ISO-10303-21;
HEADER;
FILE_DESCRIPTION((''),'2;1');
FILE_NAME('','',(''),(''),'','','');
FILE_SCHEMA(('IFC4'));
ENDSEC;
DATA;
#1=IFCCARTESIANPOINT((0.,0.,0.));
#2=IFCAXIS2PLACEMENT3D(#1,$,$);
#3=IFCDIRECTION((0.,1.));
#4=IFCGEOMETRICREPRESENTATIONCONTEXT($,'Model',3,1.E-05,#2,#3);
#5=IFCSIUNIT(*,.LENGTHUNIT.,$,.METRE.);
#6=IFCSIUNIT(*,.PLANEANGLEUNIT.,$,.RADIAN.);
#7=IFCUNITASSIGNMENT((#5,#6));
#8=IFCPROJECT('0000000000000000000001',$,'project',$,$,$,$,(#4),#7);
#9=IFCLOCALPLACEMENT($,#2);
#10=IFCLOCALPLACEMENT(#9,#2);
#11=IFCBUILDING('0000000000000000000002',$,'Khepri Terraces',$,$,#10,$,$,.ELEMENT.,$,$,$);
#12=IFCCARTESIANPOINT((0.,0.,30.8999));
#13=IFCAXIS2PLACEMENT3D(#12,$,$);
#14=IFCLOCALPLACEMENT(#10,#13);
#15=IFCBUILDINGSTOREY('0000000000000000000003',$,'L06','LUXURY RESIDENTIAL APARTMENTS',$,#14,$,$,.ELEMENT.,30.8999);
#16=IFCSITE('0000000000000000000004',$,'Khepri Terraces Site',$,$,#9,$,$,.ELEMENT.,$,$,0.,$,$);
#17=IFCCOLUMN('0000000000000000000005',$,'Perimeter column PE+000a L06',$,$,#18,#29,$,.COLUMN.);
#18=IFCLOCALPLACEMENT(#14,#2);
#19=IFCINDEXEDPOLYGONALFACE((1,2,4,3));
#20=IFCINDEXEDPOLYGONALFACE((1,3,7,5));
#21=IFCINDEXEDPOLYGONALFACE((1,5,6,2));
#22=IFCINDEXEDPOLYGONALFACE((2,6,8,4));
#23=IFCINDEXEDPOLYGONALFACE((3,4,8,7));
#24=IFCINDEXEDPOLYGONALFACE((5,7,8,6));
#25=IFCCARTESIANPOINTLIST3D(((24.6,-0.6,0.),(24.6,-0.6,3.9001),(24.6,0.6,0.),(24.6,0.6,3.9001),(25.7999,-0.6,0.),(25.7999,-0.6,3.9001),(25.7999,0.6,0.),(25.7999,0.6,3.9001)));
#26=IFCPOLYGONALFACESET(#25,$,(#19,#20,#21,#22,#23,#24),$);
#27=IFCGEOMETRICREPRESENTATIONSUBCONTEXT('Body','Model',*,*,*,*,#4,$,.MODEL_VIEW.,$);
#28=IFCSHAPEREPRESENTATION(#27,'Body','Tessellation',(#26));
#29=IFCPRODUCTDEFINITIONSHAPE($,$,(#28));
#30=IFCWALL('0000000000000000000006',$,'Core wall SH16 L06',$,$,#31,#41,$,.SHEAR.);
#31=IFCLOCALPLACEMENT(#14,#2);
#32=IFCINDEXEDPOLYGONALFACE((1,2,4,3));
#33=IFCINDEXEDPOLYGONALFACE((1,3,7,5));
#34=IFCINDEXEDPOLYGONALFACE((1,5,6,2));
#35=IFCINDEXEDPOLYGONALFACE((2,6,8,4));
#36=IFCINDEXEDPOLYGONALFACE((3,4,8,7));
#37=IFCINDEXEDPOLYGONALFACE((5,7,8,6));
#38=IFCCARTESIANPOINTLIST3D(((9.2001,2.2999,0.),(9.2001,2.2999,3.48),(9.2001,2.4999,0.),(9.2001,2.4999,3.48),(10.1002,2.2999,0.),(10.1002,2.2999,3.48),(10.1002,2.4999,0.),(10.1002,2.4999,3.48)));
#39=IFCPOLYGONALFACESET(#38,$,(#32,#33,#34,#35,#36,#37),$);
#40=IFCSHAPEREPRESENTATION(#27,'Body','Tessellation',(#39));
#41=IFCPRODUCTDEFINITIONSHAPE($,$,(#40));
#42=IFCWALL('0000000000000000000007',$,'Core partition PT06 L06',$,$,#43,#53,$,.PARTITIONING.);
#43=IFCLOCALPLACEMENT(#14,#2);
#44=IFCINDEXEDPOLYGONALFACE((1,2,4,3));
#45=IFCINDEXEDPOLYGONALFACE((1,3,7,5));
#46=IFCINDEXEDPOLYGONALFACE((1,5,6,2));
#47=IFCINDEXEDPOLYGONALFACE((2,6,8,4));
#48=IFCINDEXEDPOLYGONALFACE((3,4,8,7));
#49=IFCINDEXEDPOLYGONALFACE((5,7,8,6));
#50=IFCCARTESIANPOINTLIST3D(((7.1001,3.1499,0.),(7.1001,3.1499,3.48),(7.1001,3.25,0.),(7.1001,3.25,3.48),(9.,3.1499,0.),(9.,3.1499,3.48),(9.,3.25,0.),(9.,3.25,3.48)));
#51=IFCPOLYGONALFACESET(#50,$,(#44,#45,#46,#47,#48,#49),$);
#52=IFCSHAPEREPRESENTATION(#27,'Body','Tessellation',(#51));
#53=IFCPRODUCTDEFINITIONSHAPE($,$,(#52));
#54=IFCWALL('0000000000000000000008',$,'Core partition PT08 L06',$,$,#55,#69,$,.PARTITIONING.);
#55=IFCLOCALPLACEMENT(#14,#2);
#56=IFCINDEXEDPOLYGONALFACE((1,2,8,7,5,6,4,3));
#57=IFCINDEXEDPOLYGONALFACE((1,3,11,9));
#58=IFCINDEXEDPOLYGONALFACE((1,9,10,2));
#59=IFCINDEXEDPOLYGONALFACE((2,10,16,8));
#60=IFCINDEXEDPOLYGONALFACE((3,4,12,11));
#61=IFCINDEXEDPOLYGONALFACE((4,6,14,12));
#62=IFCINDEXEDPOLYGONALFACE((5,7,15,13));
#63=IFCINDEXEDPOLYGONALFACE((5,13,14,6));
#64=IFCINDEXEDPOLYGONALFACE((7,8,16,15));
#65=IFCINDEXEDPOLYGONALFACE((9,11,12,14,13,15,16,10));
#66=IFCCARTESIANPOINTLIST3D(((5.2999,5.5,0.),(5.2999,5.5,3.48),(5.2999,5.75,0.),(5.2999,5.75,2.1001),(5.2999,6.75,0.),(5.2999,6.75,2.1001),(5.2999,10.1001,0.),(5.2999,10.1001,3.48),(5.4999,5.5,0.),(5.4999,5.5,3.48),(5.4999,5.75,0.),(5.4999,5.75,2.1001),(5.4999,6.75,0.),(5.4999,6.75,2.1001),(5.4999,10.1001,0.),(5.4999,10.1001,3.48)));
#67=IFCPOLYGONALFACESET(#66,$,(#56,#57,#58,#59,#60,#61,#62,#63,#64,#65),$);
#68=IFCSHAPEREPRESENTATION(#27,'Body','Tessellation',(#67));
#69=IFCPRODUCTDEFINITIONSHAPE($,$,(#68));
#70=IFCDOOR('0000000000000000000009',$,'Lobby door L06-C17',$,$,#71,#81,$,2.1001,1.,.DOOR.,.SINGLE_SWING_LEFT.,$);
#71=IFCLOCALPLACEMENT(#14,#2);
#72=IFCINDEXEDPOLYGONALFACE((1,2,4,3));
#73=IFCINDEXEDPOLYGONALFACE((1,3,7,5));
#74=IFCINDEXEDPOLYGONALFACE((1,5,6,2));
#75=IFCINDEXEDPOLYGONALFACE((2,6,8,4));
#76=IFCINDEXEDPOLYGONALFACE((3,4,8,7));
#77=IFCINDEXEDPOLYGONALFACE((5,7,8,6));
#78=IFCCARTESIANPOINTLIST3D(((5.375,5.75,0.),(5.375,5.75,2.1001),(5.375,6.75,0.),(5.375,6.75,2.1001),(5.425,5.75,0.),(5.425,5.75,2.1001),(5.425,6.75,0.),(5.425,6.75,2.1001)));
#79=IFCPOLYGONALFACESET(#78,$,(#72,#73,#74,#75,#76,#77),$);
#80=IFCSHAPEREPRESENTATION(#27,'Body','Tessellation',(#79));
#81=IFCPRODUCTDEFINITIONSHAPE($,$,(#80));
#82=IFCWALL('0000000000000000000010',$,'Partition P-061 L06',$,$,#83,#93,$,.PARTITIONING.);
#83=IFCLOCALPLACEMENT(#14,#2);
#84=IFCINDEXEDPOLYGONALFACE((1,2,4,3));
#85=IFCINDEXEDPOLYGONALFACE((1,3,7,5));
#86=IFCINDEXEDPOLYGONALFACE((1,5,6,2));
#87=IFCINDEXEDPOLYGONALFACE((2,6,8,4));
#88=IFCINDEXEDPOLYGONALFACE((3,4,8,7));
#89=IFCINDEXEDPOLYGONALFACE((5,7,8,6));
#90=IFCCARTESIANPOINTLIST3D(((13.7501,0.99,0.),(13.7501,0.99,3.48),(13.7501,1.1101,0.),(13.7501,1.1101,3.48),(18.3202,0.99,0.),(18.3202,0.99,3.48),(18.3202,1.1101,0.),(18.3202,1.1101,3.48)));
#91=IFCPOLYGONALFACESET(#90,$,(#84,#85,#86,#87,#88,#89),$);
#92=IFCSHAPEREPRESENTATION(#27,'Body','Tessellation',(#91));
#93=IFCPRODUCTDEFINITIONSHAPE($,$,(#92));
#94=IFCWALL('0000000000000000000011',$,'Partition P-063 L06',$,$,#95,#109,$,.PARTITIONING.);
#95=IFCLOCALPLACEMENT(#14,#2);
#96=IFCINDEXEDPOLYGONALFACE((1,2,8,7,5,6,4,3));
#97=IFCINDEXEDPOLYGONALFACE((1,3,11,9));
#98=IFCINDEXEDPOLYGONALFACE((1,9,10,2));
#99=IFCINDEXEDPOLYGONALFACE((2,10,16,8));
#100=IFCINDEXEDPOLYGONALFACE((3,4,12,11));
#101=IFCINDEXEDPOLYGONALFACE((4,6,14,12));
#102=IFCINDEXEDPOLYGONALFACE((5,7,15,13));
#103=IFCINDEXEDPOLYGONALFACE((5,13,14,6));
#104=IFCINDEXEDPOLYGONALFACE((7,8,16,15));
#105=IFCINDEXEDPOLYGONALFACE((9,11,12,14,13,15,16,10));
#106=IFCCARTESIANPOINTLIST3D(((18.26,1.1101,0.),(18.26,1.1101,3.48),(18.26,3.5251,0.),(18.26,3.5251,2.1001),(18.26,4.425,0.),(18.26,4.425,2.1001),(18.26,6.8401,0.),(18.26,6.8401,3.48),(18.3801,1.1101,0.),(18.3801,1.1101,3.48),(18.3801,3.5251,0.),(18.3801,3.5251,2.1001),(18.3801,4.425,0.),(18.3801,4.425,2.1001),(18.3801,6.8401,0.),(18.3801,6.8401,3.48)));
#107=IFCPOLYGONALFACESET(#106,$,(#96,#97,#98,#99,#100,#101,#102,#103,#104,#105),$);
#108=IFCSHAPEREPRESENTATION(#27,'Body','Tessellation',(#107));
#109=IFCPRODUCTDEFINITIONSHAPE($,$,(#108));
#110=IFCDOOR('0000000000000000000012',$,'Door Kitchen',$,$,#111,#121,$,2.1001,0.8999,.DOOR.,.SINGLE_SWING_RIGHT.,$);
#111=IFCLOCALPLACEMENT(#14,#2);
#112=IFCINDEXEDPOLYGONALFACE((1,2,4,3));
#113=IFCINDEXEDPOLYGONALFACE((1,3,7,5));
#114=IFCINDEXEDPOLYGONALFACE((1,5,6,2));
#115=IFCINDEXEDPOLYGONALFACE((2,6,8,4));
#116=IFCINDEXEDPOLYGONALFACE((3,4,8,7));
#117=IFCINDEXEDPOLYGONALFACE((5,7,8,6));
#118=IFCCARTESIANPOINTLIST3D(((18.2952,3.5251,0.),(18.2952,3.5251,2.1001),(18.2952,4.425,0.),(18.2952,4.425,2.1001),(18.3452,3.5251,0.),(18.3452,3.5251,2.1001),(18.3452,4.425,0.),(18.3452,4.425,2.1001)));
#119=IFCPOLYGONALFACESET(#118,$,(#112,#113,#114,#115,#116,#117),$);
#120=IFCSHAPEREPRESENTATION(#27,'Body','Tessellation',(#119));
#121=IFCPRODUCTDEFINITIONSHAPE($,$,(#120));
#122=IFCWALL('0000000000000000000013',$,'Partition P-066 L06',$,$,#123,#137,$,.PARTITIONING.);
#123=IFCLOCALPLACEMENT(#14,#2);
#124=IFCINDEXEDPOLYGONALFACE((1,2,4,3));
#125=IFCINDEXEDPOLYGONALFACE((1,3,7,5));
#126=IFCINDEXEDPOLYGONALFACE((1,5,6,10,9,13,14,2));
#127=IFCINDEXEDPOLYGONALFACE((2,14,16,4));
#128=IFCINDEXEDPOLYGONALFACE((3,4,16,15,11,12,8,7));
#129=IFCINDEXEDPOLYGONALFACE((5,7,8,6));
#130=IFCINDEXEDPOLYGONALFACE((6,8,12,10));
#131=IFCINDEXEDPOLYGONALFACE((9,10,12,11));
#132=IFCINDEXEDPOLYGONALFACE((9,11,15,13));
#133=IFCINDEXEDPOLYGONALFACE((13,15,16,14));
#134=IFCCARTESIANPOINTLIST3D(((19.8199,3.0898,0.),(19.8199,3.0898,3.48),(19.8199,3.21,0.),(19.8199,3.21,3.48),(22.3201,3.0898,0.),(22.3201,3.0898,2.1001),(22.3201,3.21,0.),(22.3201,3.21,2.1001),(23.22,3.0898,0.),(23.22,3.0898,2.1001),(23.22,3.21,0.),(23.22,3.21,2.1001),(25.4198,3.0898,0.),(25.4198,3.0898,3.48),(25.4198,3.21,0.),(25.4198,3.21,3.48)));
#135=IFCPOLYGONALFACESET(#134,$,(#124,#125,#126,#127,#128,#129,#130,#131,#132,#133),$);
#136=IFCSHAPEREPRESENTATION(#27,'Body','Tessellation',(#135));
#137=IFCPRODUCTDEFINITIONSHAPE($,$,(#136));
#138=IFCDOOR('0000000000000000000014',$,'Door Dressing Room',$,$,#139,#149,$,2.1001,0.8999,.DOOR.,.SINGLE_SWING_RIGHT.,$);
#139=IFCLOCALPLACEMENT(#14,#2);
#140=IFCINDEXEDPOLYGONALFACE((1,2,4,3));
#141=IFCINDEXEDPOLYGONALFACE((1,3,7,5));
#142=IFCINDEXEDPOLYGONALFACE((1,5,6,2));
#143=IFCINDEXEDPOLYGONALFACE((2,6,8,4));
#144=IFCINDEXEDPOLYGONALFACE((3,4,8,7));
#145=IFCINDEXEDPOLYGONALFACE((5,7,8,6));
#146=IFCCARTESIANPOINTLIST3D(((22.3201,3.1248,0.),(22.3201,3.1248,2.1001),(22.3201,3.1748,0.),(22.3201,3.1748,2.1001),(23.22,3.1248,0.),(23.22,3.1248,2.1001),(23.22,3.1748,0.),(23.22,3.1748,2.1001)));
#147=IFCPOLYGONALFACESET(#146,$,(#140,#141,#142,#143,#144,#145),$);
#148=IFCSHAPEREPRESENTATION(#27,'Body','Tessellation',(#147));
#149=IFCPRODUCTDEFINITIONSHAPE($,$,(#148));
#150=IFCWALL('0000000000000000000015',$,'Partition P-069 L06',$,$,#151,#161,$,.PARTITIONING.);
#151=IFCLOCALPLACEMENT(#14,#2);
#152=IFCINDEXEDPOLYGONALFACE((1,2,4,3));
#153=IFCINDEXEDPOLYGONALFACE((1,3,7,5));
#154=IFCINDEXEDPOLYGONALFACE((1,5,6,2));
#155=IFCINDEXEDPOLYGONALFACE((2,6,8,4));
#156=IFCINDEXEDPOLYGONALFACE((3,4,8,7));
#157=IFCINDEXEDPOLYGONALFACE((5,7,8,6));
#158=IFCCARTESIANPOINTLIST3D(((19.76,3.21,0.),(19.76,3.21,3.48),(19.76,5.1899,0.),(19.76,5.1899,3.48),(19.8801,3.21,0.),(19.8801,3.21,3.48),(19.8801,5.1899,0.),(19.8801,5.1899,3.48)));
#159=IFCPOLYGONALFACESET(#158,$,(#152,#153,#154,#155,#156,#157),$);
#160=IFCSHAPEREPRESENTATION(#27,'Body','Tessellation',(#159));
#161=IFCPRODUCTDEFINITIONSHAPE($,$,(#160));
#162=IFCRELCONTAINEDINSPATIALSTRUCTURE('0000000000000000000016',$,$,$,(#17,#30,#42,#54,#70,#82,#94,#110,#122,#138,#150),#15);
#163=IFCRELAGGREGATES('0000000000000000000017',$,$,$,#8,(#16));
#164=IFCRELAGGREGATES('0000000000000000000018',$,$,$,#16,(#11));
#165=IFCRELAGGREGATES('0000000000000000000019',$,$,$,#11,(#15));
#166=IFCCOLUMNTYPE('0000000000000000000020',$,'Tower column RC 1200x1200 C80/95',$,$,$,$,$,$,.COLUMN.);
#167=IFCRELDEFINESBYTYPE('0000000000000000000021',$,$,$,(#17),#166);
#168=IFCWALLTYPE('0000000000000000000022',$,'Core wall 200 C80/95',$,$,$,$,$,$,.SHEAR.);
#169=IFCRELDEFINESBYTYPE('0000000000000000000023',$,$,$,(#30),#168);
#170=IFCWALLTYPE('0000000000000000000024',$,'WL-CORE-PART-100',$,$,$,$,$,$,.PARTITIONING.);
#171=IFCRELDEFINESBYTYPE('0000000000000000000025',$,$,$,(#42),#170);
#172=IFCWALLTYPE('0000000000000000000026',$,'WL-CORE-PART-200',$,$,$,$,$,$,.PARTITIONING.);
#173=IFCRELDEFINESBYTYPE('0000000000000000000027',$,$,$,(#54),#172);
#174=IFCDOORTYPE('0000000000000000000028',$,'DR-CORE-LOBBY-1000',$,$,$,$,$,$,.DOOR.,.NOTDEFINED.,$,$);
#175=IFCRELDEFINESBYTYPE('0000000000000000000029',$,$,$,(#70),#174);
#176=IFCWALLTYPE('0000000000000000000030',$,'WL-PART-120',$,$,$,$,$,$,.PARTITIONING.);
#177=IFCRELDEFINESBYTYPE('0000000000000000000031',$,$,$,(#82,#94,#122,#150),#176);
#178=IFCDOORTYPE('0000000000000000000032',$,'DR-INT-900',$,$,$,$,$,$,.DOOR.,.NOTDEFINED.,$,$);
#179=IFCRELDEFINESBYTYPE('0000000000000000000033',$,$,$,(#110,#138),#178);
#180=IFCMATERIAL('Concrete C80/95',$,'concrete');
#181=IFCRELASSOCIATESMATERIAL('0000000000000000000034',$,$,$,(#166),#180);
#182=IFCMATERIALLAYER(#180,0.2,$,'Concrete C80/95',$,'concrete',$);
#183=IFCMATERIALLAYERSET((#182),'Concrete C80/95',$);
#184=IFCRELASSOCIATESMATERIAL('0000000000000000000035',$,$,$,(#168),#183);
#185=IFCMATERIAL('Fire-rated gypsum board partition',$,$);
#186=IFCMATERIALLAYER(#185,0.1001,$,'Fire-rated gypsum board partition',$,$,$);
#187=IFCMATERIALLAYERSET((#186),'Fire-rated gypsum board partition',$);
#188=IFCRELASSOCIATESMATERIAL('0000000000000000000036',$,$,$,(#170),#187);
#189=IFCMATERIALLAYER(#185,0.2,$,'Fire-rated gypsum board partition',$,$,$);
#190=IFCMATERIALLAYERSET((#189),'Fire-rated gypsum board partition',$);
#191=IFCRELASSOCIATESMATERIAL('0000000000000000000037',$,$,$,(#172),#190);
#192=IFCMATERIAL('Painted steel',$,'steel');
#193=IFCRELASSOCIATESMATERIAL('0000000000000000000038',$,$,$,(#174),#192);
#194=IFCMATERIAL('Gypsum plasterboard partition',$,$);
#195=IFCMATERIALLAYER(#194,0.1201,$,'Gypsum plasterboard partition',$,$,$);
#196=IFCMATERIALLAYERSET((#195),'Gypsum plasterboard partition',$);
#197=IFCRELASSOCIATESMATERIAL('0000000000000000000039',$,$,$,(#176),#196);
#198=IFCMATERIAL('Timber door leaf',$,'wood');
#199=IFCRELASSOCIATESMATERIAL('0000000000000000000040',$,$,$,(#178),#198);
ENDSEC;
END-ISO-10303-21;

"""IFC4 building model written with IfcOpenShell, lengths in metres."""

from ifc_helpers import new_model, si_unit, direction, frame, frame_2d, origin, origin_2d, place, context, subcontext, project, spatial, rectangle, extrude, material, layer, layer_set, material_profile, profile_set, type_object, element, fill, save


model = new_model("IFC4")

# Units and contexts
model_context = context("Model", 3, precision=1e-05, world=origin(), true_north=direction((0.0, 1.0)))
body_context = subcontext(model_context, "Body", "Model", "MODEL_VIEW")
ifc_project = project(units=[si_unit("LENGTHUNIT", "METRE"), si_unit("PLANEANGLEUNIT", "RADIAN")], contexts=[model_context])

# Site, building, storey
site_placement = place(None, origin())
site = spatial("IfcSite", under=ifc_project, at=site_placement, Name="Khepri Terraces Site", CompositionType="ELEMENT", RefElevation=0.0)
building_placement = place(site_placement, origin())
building = spatial("IfcBuilding", under=site, at=building_placement, Name="Khepri Terraces", CompositionType="ELEMENT")
storey_placement = place(building_placement, frame((0.0, 0.0, 30.8999)))
storey = spatial("IfcBuildingStorey", under=building, at=storey_placement, Name="L06", Description="LUXURY RESIDENTIAL APARTMENTS", CompositionType="ELEMENT", Elevation=30.8999)

# Column
ifc_material_1 = material(Name="Concrete C80/95", Category="concrete")
ifc_material_profile = material_profile(ifc_material_1, rectangle(XDim=1.2, YDim=1.2, at=origin_2d()), Name="Concrete C80/95", Category="concrete")
ifc_profile_set = profile_set([ifc_material_profile], Name="Concrete C80/95")
column_type = type_object("IfcColumnType", Name="Tower column RC 1200x1200 C80/95", PredefinedType="COLUMN", material=ifc_profile_set)
column_placement = place(storey_placement, frame((25.2, 0.0, 0.0), z_axis=(0.0, 0.0, 1.0), x_axis=(1.0, 0.0, 0.0)))
element("IfcColumn", 1, at=column_placement, inside=storey, type_object=column_type, Name="Perimeter column PE+000a L06", PredefinedType="COLUMN", context=body_context, shape_type="SweptSolid", body=[
    extrude(rectangle(XDim=1.2, YDim=1.2, at=origin_2d()), origin(), (0.0, 0.0, 1.0), 3.9001),
])

# Walls
ifc_layer_1 = layer(ifc_material_1, 0.2, Name="Concrete C80/95", Category="concrete")
ifc_layer_set_1 = layer_set([ifc_layer_1], Name="Concrete C80/95")
wall_type_1 = type_object("IfcWallType", Name="Core wall 200 C80/95", PredefinedType="SHEAR", material=ifc_layer_set_1)
wall_1_placement = place(storey_placement, frame((9.2, 2.3999, 0.0), z_axis=(0.0, 0.0, 1.0), x_axis=(1.0, 0.0, 0.0)))
element("IfcWall", 2, at=wall_1_placement, inside=storey, type_object=wall_type_1, Name="Core wall SH16 L06", PredefinedType="SHEAR", context=body_context, shape_type="SweptSolid", body=[
    extrude(rectangle(XDim=0.9001, YDim=0.2, at=frame_2d((0.4502, 0.0))), origin(), (0.0, 0.0, 1.0), 3.48),
])
ifc_material_2 = material(Name="Fire-rated gypsum board partition")
ifc_layer_2 = layer(ifc_material_2, 0.1001, Name="Fire-rated gypsum board partition")
ifc_layer_set_2 = layer_set([ifc_layer_2], Name="Fire-rated gypsum board partition")
wall_type_2 = type_object("IfcWallType", Name="WL-CORE-PART-100", PredefinedType="PARTITIONING", material=ifc_layer_set_2)
wall_2_placement = place(storey_placement, frame((7.1001, 3.2, 0.0), z_axis=(0.0, 0.0, 1.0), x_axis=(1.0, 0.0, 0.0)))
element("IfcWall", 3, at=wall_2_placement, inside=storey, type_object=wall_type_2, Name="Core partition PT06 L06", PredefinedType="PARTITIONING", context=body_context, shape_type="SweptSolid", body=[
    extrude(rectangle(XDim=1.8999, YDim=0.1001, at=frame_2d((0.95, 0.0))), origin(), (0.0, 0.0, 1.0), 3.48),
])

# Wall, opening, door
ifc_layer_3 = layer(ifc_material_2, 0.2, Name="Fire-rated gypsum board partition")
ifc_layer_set_3 = layer_set([ifc_layer_3], Name="Fire-rated gypsum board partition")
wall_type_3 = type_object("IfcWallType", Name="WL-CORE-PART-200", PredefinedType="PARTITIONING", material=ifc_layer_set_3)
wall_3_placement = place(storey_placement, frame((5.3999, 5.5, 0.0), z_axis=(0.0, 0.0, 1.0), x_axis=(0.0, 1.0, 0.0)))
wall_3 = element("IfcWall", 4, at=wall_3_placement, inside=storey, type_object=wall_type_3, Name="Core partition PT08 L06", PredefinedType="PARTITIONING", context=body_context, shape_type="SweptSolid", body=[
    extrude(rectangle(XDim=4.6001, YDim=0.2, at=frame_2d((2.3, 0.0))), origin(), (0.0, 0.0, 1.0), 3.48),
])
opening_1_placement = place(wall_3_placement, frame((0.25, 0.0, 0.0)))
opening_1 = element("IfcOpeningElement", 5, at=opening_1_placement, cuts=wall_3, PredefinedType="OPENING", context=body_context, shape_type="SweptSolid", body=[
    extrude(rectangle(XDim=1.0, YDim=2.1001, at=frame_2d((0.5, 1.05))), frame((0.0, 0.1099, 0.0), z_axis=(0.0, -1.0, 0.0), x_axis=(1.0, 0.0, 0.0)), (0.0, 0.0, 1.0), 0.22),
])
ifc_material_3 = material(Name="Painted steel", Category="steel")
door_type_1 = type_object("IfcDoorType", Name="DR-CORE-LOBBY-1000", OperationType="NOTDEFINED", PredefinedType="DOOR", material=ifc_material_3)
door_1_placement = place(opening_1_placement, origin())
door_1 = element("IfcDoor", 6, at=door_1_placement, inside=storey, type_object=door_type_1, Name="Lobby door L06-C17", OperationType="SINGLE_SWING_LEFT", OverallHeight=2.1001, OverallWidth=1.0, PredefinedType="DOOR", context=body_context, shape_type="SweptSolid", body=[
    extrude(rectangle(XDim=1.0, YDim=2.1001, at=frame_2d((0.5, 1.05))), frame((0.0, 0.0249, 0.0), z_axis=(0.0, -1.0, 0.0), x_axis=(1.0, 0.0, 0.0)), (0.0, 0.0, 1.0), 0.05),
])
fill(opening_1, door_1)

# Wall
ifc_material_4 = material(Name="Gypsum plasterboard partition")
ifc_layer_4 = layer(ifc_material_4, 0.1201, Name="Gypsum plasterboard partition")
ifc_layer_set_4 = layer_set([ifc_layer_4], Name="Gypsum plasterboard partition")
wall_type_4 = type_object("IfcWallType", Name="WL-PART-120", PredefinedType="PARTITIONING", material=ifc_layer_set_4)
wall_4_placement = place(storey_placement, frame((13.75, 1.05, 0.0), z_axis=(0.0, 0.0, 1.0), x_axis=(1.0, 0.0, 0.0)))
element("IfcWall", 7, at=wall_4_placement, inside=storey, type_object=wall_type_4, Name="Partition P-061 L06", PredefinedType="PARTITIONING", context=body_context, shape_type="SweptSolid", body=[
    extrude(rectangle(XDim=4.5701, YDim=0.1201, at=frame_2d((2.2852, 0.0))), origin(), (0.0, 0.0, 1.0), 3.48),
])

# Walls, openings, doors
wall_5_placement = place(storey_placement, frame((18.3201, 1.1101, 0.0), z_axis=(0.0, 0.0, 1.0), x_axis=(0.0, 1.0, 0.0)))
wall_5 = element("IfcWall", 8, at=wall_5_placement, inside=storey, type_object=wall_type_4, Name="Partition P-063 L06", PredefinedType="PARTITIONING", context=body_context, shape_type="SweptSolid", body=[
    extrude(rectangle(XDim=5.73, YDim=0.1201, at=frame_2d((2.865, 0.0))), origin(), (0.0, 0.0, 1.0), 3.48),
])
opening_2_placement = place(wall_5_placement, frame((2.415, 0.0, 0.0)))
opening_2 = element("IfcOpeningElement", 9, at=opening_2_placement, cuts=wall_5, PredefinedType="OPENING", context=body_context, shape_type="SweptSolid", body=[
    extrude(rectangle(XDim=0.8999, YDim=2.1001, at=frame_2d((0.45, 1.05))), frame((0.0, 0.0701, 0.0), z_axis=(0.0, -1.0, 0.0), x_axis=(1.0, 0.0, 0.0)), (0.0, 0.0, 1.0), 0.1401),
])
ifc_material_5 = material(Name="Timber door leaf", Category="wood")
door_type_2 = type_object("IfcDoorType", Name="DR-INT-900", OperationType="NOTDEFINED", PredefinedType="DOOR", material=ifc_material_5)
door_2_placement = place(opening_2_placement, origin())
door_2 = element("IfcDoor", 10, at=door_2_placement, inside=storey, type_object=door_type_2, Name="Door Kitchen", OperationType="SINGLE_SWING_RIGHT", OverallHeight=2.1001, OverallWidth=0.8999, PredefinedType="DOOR", context=body_context, shape_type="SweptSolid", body=[
    extrude(rectangle(XDim=0.8999, YDim=2.1001, at=frame_2d((0.45, 1.05))), frame((0.0, 0.0249, 0.0), z_axis=(0.0, -1.0, 0.0), x_axis=(1.0, 0.0, 0.0)), (0.0, 0.0, 1.0), 0.05),
])
fill(opening_2, door_2)
wall_6_placement = place(storey_placement, frame((19.8201, 3.1499, 0.0), z_axis=(0.0, 0.0, 1.0), x_axis=(1.0, 0.0, 0.0)))
wall_6 = element("IfcWall", 11, at=wall_6_placement, inside=storey, type_object=wall_type_4, Name="Partition P-066 L06", PredefinedType="PARTITIONING", context=body_context, shape_type="SweptSolid", body=[
    extrude(rectangle(XDim=5.5999, YDim=0.1201, at=frame_2d((2.7998, 0.0))), origin(), (0.0, 0.0, 1.0), 3.48),
])
opening_3_placement = place(wall_6_placement, frame((2.5, 0.0, 0.0)))
opening_3 = element("IfcOpeningElement", 12, at=opening_3_placement, cuts=wall_6, PredefinedType="OPENING", context=body_context, shape_type="SweptSolid", body=[
    extrude(rectangle(XDim=0.8999, YDim=2.1001, at=frame_2d((0.45, 1.05))), frame((0.0, 0.0701, 0.0), z_axis=(0.0, -1.0, 0.0), x_axis=(1.0, 0.0, 0.0)), (0.0, 0.0, 1.0), 0.1401),
])
door_3_placement = place(opening_3_placement, origin())
door_3 = element("IfcDoor", 13, at=door_3_placement, inside=storey, type_object=door_type_2, Name="Door Dressing Room", OperationType="SINGLE_SWING_RIGHT", OverallHeight=2.1001, OverallWidth=0.8999, PredefinedType="DOOR", context=body_context, shape_type="SweptSolid", body=[
    extrude(rectangle(XDim=0.8999, YDim=2.1001, at=frame_2d((0.45, 1.05))), frame((0.0, 0.0249, 0.0), z_axis=(0.0, -1.0, 0.0), x_axis=(1.0, 0.0, 0.0)), (0.0, 0.0, 1.0), 0.05),
])
fill(opening_3, door_3)

# Wall
wall_7_placement = place(storey_placement, frame((19.8201, 3.21, 0.0), z_axis=(0.0, 0.0, 1.0), x_axis=(0.0, 1.0, 0.0)))
element("IfcWall", 14, at=wall_7_placement, inside=storey, type_object=wall_type_4, Name="Partition P-069 L06", PredefinedType="PARTITIONING", context=body_context, shape_type="SweptSolid", body=[
    extrude(rectangle(XDim=1.98, YDim=0.1201, at=frame_2d((0.99, 0.0))), origin(), (0.0, 0.0, 1.0), 3.48),
])

save(model, "model.ifc")
